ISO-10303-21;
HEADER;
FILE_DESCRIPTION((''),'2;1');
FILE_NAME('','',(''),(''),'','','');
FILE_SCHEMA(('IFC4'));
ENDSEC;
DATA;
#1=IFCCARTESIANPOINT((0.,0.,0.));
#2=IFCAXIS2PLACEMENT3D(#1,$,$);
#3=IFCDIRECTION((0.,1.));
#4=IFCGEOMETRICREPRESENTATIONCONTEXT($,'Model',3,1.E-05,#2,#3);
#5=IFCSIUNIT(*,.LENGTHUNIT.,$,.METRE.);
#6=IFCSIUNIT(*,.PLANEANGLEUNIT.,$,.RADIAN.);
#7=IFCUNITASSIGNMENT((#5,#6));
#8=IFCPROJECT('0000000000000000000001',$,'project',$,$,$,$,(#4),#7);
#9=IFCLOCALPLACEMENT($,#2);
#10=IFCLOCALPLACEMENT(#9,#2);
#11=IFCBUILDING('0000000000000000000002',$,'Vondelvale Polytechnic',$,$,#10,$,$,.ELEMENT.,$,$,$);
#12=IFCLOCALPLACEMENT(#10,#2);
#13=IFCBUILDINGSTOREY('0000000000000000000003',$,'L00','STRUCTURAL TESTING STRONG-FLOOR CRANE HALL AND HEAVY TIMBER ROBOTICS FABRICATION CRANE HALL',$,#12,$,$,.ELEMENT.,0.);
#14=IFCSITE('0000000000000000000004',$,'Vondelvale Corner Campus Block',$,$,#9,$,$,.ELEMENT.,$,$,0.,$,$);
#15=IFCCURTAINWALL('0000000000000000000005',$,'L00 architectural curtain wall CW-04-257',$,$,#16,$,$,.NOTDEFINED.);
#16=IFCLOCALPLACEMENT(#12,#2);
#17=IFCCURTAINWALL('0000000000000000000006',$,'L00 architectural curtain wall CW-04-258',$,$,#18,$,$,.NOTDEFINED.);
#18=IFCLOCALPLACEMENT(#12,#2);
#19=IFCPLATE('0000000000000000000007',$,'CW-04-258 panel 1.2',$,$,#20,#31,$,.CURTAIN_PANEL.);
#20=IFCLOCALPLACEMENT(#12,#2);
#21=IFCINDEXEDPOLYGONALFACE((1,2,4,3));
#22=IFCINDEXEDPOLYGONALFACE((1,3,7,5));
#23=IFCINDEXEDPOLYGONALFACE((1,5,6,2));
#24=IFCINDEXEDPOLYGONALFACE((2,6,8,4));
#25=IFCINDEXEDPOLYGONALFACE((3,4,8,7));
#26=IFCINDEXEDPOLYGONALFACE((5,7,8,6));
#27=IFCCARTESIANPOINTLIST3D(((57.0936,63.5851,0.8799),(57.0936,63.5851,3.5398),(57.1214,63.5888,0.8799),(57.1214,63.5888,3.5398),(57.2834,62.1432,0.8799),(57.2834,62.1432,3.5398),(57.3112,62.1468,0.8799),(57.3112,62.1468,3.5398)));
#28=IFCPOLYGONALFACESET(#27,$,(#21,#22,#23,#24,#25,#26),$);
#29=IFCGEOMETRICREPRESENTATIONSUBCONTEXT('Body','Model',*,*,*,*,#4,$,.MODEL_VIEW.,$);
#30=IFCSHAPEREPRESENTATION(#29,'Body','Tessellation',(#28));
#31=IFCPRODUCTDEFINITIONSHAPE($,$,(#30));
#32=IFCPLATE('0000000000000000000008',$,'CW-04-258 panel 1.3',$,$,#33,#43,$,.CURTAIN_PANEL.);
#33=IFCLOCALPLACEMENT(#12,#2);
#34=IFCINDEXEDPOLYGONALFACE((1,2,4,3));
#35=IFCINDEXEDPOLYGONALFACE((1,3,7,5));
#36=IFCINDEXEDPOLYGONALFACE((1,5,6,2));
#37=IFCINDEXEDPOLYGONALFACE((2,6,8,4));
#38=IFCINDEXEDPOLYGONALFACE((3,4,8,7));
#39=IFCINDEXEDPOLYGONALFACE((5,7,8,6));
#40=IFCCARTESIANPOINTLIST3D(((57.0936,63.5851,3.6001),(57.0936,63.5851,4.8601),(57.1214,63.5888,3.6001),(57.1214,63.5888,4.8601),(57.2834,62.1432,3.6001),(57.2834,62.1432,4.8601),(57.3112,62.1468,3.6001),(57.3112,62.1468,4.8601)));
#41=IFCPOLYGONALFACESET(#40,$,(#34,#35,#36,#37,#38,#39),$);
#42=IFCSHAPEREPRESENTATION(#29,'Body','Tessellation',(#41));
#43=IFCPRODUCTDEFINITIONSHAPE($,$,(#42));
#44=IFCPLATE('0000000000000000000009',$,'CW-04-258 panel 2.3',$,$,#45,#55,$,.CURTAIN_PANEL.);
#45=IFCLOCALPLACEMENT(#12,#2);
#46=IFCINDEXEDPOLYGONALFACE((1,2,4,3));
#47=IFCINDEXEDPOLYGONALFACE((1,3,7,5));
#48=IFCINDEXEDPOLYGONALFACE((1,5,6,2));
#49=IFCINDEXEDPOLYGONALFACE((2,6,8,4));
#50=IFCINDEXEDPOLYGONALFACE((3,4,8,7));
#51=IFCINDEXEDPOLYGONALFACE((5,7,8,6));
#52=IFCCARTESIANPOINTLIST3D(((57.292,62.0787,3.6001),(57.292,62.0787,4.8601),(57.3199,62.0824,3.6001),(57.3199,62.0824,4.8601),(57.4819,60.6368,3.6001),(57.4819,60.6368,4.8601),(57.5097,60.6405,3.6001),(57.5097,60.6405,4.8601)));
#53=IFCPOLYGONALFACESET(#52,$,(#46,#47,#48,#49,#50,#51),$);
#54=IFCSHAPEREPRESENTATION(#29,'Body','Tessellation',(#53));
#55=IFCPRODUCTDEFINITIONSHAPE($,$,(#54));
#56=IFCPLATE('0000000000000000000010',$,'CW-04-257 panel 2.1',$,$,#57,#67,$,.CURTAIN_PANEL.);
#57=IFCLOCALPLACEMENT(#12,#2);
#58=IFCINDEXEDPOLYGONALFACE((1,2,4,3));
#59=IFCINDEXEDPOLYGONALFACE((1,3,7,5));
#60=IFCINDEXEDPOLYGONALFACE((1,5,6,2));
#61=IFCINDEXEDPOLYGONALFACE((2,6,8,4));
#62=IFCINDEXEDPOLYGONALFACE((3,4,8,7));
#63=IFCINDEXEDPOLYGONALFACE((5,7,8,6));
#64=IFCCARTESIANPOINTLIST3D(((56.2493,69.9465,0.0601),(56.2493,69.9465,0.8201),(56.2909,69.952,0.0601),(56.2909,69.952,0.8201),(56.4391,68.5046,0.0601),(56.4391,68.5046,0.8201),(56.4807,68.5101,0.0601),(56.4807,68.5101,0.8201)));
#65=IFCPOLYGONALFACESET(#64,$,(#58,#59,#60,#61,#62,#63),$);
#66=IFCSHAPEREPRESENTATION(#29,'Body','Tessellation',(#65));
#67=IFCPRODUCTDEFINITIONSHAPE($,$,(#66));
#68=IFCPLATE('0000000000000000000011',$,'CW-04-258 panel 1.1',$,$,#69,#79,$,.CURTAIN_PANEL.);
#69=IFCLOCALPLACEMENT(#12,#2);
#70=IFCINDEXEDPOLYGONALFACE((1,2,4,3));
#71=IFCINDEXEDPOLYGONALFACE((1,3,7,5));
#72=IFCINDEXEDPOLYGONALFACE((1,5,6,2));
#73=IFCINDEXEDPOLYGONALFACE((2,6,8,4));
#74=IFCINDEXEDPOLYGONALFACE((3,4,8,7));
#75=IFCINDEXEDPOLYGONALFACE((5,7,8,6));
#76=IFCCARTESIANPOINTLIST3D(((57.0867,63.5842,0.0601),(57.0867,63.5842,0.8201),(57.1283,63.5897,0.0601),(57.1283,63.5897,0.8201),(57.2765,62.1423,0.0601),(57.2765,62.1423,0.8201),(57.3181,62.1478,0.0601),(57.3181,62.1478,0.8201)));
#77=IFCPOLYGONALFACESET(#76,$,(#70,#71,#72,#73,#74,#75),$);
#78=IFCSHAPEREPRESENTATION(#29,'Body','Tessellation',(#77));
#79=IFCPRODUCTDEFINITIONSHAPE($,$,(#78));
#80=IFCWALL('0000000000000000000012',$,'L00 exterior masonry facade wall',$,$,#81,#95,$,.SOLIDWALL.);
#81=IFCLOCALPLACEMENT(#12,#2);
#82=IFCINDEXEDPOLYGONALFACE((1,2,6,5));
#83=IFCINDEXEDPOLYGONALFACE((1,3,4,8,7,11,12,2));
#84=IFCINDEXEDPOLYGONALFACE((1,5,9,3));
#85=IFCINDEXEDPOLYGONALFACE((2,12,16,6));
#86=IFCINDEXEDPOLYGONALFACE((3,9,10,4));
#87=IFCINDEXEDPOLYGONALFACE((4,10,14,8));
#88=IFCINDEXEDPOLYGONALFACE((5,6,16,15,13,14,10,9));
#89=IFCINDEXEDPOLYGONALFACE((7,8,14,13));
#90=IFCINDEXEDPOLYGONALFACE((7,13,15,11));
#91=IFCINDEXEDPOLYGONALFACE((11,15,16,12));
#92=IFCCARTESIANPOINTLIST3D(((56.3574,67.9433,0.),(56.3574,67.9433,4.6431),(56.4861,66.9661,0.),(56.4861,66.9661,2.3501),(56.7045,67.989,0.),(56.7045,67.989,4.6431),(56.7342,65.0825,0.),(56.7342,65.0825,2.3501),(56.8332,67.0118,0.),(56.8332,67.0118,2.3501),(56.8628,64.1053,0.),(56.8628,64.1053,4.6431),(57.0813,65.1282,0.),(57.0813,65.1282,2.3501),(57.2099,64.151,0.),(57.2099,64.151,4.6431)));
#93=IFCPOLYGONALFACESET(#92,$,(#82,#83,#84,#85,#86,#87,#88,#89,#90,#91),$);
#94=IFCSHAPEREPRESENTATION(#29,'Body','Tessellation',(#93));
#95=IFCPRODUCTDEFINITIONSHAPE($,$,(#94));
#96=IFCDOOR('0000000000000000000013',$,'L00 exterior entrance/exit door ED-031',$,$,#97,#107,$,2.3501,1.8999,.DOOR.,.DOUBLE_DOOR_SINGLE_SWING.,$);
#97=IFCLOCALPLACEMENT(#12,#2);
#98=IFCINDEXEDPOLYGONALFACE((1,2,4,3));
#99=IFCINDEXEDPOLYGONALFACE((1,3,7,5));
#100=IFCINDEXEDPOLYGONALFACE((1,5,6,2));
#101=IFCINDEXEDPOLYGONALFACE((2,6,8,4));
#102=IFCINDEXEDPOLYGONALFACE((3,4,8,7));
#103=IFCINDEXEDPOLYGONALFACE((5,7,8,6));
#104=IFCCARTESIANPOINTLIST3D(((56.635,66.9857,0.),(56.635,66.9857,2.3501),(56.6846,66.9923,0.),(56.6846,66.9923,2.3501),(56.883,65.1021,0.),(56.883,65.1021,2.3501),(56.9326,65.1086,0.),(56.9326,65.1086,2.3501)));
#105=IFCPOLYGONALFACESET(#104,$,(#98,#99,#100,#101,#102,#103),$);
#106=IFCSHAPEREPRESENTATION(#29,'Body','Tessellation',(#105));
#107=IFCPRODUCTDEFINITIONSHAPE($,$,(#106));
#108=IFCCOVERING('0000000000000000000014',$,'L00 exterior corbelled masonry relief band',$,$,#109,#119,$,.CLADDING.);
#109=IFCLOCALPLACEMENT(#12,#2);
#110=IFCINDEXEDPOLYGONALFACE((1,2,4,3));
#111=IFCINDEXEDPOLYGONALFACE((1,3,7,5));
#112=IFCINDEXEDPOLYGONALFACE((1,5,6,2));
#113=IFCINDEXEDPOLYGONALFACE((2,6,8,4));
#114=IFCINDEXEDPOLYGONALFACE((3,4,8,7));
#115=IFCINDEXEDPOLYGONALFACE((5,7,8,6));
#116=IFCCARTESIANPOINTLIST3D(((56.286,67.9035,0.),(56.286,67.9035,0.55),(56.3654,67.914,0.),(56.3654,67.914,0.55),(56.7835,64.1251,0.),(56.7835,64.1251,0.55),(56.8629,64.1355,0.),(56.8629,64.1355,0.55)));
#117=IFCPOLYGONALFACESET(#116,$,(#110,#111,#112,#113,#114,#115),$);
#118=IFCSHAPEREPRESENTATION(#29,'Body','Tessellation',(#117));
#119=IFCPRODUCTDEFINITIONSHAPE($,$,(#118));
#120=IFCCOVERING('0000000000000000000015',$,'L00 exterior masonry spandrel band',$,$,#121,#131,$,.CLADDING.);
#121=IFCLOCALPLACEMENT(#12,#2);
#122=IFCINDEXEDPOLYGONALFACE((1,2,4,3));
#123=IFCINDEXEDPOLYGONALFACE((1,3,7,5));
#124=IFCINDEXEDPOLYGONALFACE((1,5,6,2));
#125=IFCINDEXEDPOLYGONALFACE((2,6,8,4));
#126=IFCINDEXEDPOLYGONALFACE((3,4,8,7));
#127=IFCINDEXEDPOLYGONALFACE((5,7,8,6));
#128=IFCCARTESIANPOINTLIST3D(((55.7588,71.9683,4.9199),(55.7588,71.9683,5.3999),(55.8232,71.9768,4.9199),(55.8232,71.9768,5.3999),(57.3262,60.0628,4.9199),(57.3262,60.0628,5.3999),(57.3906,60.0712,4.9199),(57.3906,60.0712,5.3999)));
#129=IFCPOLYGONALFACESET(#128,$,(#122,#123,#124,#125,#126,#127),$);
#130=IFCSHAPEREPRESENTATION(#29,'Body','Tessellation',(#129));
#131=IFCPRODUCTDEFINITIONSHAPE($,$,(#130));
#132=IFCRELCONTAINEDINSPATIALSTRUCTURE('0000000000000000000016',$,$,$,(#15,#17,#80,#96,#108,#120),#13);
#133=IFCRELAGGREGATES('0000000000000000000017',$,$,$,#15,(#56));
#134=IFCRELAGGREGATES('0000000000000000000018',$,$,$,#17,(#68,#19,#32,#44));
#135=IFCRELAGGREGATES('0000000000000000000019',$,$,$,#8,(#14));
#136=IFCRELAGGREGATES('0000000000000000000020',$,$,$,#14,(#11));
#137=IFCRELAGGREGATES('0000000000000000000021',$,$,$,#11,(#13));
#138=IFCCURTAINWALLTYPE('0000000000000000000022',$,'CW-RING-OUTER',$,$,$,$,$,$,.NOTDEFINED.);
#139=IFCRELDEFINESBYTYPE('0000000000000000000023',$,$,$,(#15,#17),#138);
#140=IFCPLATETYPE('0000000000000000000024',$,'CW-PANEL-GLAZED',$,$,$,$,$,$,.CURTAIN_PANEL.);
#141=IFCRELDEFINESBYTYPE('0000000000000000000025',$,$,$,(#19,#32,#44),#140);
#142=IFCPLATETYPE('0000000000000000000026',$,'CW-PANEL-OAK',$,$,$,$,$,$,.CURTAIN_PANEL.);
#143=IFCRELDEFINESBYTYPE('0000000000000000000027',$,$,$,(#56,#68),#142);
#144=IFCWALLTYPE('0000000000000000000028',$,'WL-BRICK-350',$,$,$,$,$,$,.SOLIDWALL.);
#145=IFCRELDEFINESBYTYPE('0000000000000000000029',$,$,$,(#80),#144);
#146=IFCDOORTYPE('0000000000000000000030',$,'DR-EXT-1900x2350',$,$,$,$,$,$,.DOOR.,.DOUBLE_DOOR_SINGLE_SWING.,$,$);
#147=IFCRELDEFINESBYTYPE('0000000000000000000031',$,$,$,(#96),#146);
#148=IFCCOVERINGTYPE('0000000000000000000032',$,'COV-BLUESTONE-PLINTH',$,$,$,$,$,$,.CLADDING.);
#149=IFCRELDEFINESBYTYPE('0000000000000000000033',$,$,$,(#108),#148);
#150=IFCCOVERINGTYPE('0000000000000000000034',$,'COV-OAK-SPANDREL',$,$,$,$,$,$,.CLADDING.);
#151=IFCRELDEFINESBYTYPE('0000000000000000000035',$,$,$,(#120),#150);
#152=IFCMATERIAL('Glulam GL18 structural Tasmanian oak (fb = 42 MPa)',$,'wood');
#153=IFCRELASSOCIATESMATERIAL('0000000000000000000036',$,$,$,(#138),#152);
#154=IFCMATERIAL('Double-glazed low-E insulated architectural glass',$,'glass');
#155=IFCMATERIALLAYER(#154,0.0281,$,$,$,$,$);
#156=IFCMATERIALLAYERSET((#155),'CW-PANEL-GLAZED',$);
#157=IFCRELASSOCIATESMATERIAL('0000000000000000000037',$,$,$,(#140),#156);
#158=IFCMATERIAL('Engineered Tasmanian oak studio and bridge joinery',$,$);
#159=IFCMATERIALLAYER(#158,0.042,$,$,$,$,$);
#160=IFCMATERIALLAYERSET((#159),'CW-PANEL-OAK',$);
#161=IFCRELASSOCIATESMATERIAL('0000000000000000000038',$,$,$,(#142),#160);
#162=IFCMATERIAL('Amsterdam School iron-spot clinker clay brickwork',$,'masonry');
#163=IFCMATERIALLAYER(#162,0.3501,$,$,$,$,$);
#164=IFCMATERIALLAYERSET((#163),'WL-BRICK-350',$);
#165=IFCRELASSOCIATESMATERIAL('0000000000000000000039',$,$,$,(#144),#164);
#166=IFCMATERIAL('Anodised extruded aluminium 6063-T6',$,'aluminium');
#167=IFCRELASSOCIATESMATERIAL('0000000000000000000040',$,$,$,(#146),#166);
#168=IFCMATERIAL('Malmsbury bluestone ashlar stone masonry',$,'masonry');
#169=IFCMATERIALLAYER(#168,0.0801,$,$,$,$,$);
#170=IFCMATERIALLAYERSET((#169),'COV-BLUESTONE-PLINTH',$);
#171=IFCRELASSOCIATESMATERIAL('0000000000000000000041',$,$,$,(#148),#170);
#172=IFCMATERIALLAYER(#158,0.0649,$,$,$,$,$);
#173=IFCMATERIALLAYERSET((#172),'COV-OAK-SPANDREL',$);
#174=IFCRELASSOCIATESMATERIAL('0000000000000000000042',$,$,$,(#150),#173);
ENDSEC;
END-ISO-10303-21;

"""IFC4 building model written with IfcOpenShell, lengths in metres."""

from ifc_helpers import new_model, si_unit, direction, frame, frame_2d, origin, origin_2d, place, context, subcontext, project, spatial, rectangle, extrude, material, layer, layer_set, type_object, element, fill, aggregate, save


model = new_model("IFC4")

# Units and contexts
model_context = context("Model", 3, precision=1e-05, world=origin(), true_north=direction((0.0, 1.0)))
body_context = subcontext(model_context, "Body", "Model", "MODEL_VIEW")
ifc_project = project(units=[si_unit("LENGTHUNIT", "METRE"), si_unit("PLANEANGLEUNIT", "RADIAN")], contexts=[model_context])

# Site, building, storey
site_placement = place(None, origin())
site = spatial("IfcSite", under=ifc_project, at=site_placement, Name="Vondelvale Corner Campus Block", CompositionType="ELEMENT", RefElevation=0.0)
building_placement = place(site_placement, origin())
building = spatial("IfcBuilding", under=site, at=building_placement, Name="Vondelvale Polytechnic", CompositionType="ELEMENT")
storey_placement = place(building_placement, origin())
storey = spatial("IfcBuildingStorey", under=building, at=storey_placement, Name="L00", Description="STRUCTURAL TESTING STRONG-FLOOR CRANE HALL AND HEAVY TIMBER ROBOTICS FABRICATION CRANE HALL", CompositionType="ELEMENT", Elevation=0.0)

# Shared definitions
ifc_material_1 = material(Name="Glulam GL18 structural Tasmanian oak (fb = 42 MPa)", Category="wood")

# Curtain wall
curtain_wall_type = type_object("IfcCurtainWallType", Name="CW-RING-OUTER", PredefinedType="NOTDEFINED", material=ifc_material_1)
curtain_wall_1_placement = place(storey_placement, origin())
curtain_wall_1 = element("IfcCurtainWall", 1, at=curtain_wall_1_placement, inside=storey, type_object=curtain_wall_type, Name="L00 architectural curtain wall CW-04-257", PredefinedType="NOTDEFINED")
ifc_material_2 = material(Name="Anodised extruded aluminium 6063-T6", Category="aluminium")

# Curtain wall
curtain_wall_2_placement = place(storey_placement, origin())
curtain_wall_2 = element("IfcCurtainWall", 2, at=curtain_wall_2_placement, inside=storey, type_object=curtain_wall_type, Name="L00 architectural curtain wall CW-04-258", PredefinedType="NOTDEFINED")

# Plates
ifc_material_3 = material(Name="Double-glazed low-E insulated architectural glass", Category="glass")
ifc_layer_1 = layer(ifc_material_3, 0.0281)
ifc_layer_set_1 = layer_set([ifc_layer_1], Name="CW-PANEL-GLAZED")
plate_type_1 = type_object("IfcPlateType", Name="CW-PANEL-GLAZED", PredefinedType="CURTAIN_PANEL", material=ifc_layer_set_1)
plate_1_placement = place(storey_placement, frame((57.2024, 62.866, 0.8799), z_axis=(0.0, 0.0, 1.0), x_axis=(0.130524, -0.991445, 0.0)))
plate_1 = element("IfcPlate", 3, at=plate_1_placement, type_object=plate_type_1, Name="CW-04-258 panel 1.2", PredefinedType="CURTAIN_PANEL", context=body_context, shape_type="SweptSolid", body=[
    extrude(rectangle(XDim=1.4543, YDim=0.0281, at=origin_2d()), origin(), (0.0, 0.0, 1.0), 2.6599),
])
plate_2_placement = place(storey_placement, frame((57.2024, 62.866, 3.6001), z_axis=(0.0, 0.0, 1.0), x_axis=(0.130524, -0.991445, 0.0)))
plate_2 = element("IfcPlate", 4, at=plate_2_placement, type_object=plate_type_1, Name="CW-04-258 panel 1.3", PredefinedType="CURTAIN_PANEL", context=body_context, shape_type="SweptSolid", body=[
    extrude(rectangle(XDim=1.4543, YDim=0.0281, at=origin_2d()), origin(), (0.0, 0.0, 1.0), 1.26),
])
plate_3_placement = place(storey_placement, frame((57.4009, 61.3596, 3.6001), z_axis=(0.0, 0.0, 1.0), x_axis=(0.130524, -0.991445, 0.0)))
plate_3 = element("IfcPlate", 5, at=plate_3_placement, type_object=plate_type_1, Name="CW-04-258 panel 2.3", PredefinedType="CURTAIN_PANEL", context=body_context, shape_type="SweptSolid", body=[
    extrude(rectangle(XDim=1.4543, YDim=0.0281, at=origin_2d()), origin(), (0.0, 0.0, 1.0), 1.26),
])
ifc_material_4 = material(Name="Engineered Tasmanian oak studio and bridge joinery")
ifc_layer_2 = layer(ifc_material_4, 0.042)
ifc_layer_set_2 = layer_set([ifc_layer_2], Name="CW-PANEL-OAK")
plate_type_2 = type_object("IfcPlateType", Name="CW-PANEL-OAK", PredefinedType="CURTAIN_PANEL", material=ifc_layer_set_2)
plate_4_placement = place(storey_placement, frame((56.365, 69.2283, 0.0601), z_axis=(0.0, 0.0, 1.0), x_axis=(0.130524, -0.991445, 0.0)))
plate_4 = element("IfcPlate", 6, at=plate_4_placement, type_object=plate_type_2, Name="CW-04-257 panel 2.1", PredefinedType="CURTAIN_PANEL", context=body_context, shape_type="SweptSolid", body=[
    extrude(rectangle(XDim=1.4543, YDim=0.042, at=origin_2d()), origin(), (0.0, 0.0, 1.0), 0.76),
])
aggregate(curtain_wall_1, [plate_4])
plate_5_placement = place(storey_placement, frame((57.2024, 62.866, 0.0601), z_axis=(0.0, 0.0, 1.0), x_axis=(0.130524, -0.991445, 0.0)))
plate_5 = element("IfcPlate", 7, at=plate_5_placement, type_object=plate_type_2, Name="CW-04-258 panel 1.1", PredefinedType="CURTAIN_PANEL", context=body_context, shape_type="SweptSolid", body=[
    extrude(rectangle(XDim=1.4543, YDim=0.042, at=origin_2d()), origin(), (0.0, 0.0, 1.0), 0.76),
])
aggregate(curtain_wall_2, [plate_5, plate_1, plate_2, plate_3])

# Wall, opening, door
ifc_material_5 = material(Name="Amsterdam School iron-spot clinker clay brickwork", Category="masonry")
ifc_layer_3 = layer(ifc_material_5, 0.3501)
ifc_layer_set_3 = layer_set([ifc_layer_3], Name="WL-BRICK-350")
wall_type = type_object("IfcWallType", Name="WL-BRICK-350", PredefinedType="SOLIDWALL", material=ifc_layer_set_3)
wall_placement = place(storey_placement, frame((57.0364, 64.1282, 0.0), z_axis=(0.0, 0.0, 1.0), x_axis=(-0.130552, 0.991441, 0.0)))
wall = element("IfcWall", 8, at=wall_placement, inside=storey, type_object=wall_type, Name="L00 exterior masonry facade wall", PredefinedType="SOLIDWALL", context=body_context, shape_type="SweptSolid", body=[
    extrude(rectangle(XDim=3.8711, YDim=0.3501, at=frame_2d((1.9355, 0.0))), origin(), (0.0, 0.0, 1.0), 4.6431),
])
opening_placement = place(wall_placement, frame((0.9856, 0.0, 0.0)))
opening = element("IfcOpeningElement", 9, at=opening_placement, cuts=wall, PredefinedType="OPENING", context=body_context, shape_type="SweptSolid", body=[
    extrude(rectangle(XDim=1.8999, YDim=2.3501, at=frame_2d((0.95, 1.175))), frame((0.0, 0.1851, 0.0), z_axis=(0.0, -1.0, 0.0), x_axis=(1.0, 0.0, 0.0)), (0.0, 0.0, 1.0), 0.3701),
])
door_type = type_object("IfcDoorType", Name="DR-EXT-1900x2350", OperationType="DOUBLE_DOOR_SINGLE_SWING", PredefinedType="DOOR", material=ifc_material_2)
door_placement = place(opening_placement, origin())
door = element("IfcDoor", 10, at=door_placement, inside=storey, type_object=door_type, Name="L00 exterior entrance/exit door ED-031", OperationType="DOUBLE_DOOR_SINGLE_SWING", OverallHeight=2.3501, OverallWidth=1.8999, PredefinedType="DOOR", context=body_context, shape_type="SweptSolid", body=[
    extrude(rectangle(XDim=1.8999, YDim=2.3501, at=frame_2d((0.95, 1.175))), frame((0.0, 0.0249, 0.0), z_axis=(0.0, -1.0, 0.0), x_axis=(1.0, 0.0, 0.0)), (0.0, 0.0, 1.0), 0.05),
])
fill(opening, door)

# Coverings
ifc_material_6 = material(Name="Malmsbury bluestone ashlar stone masonry", Category="masonry")
ifc_layer_4 = layer(ifc_material_6, 0.0801)
ifc_layer_set_4 = layer_set([ifc_layer_4], Name="COV-BLUESTONE-PLINTH")
covering_type_1 = type_object("IfcCoveringType", Name="COV-BLUESTONE-PLINTH", PredefinedType="CLADDING", material=ifc_layer_set_4)
covering_1_placement = place(storey_placement, frame((56.5745, 66.0195, 0.0), z_axis=(0.0, 0.0, 1.0), x_axis=(-0.130526, 0.991445, 0.0)))
element("IfcCovering", 11, at=covering_1_placement, inside=storey, type_object=covering_type_1, Name="L00 exterior corbelled masonry relief band", PredefinedType="CLADDING", context=body_context, shape_type="SweptSolid", body=[
    extrude(rectangle(XDim=3.811, YDim=0.0801, at=origin_2d()), origin(), (0.0, 0.0, 1.0), 0.55),
])
ifc_layer_5 = layer(ifc_material_4, 0.0649)
ifc_layer_set_5 = layer_set([ifc_layer_5], Name="COV-OAK-SPANDREL")
covering_type_2 = type_object("IfcCoveringType", Name="COV-OAK-SPANDREL", PredefinedType="CLADDING", material=ifc_layer_set_5)
covering_2_placement = place(storey_placement, frame((56.5747, 66.0198, 4.9199), z_axis=(0.0, 0.0, 1.0), x_axis=(0.130526, -0.991445, 0.0)))
element("IfcCovering", 12, at=covering_2_placement, inside=storey, type_object=covering_type_2, Name="L00 exterior masonry spandrel band", PredefinedType="CLADDING", context=body_context, shape_type="SweptSolid", body=[
    extrude(rectangle(XDim=12.0083, YDim=0.0649, at=origin_2d()), origin(), (0.0, 0.0, 1.0), 0.48),
])

save(model, "model.ifc")
